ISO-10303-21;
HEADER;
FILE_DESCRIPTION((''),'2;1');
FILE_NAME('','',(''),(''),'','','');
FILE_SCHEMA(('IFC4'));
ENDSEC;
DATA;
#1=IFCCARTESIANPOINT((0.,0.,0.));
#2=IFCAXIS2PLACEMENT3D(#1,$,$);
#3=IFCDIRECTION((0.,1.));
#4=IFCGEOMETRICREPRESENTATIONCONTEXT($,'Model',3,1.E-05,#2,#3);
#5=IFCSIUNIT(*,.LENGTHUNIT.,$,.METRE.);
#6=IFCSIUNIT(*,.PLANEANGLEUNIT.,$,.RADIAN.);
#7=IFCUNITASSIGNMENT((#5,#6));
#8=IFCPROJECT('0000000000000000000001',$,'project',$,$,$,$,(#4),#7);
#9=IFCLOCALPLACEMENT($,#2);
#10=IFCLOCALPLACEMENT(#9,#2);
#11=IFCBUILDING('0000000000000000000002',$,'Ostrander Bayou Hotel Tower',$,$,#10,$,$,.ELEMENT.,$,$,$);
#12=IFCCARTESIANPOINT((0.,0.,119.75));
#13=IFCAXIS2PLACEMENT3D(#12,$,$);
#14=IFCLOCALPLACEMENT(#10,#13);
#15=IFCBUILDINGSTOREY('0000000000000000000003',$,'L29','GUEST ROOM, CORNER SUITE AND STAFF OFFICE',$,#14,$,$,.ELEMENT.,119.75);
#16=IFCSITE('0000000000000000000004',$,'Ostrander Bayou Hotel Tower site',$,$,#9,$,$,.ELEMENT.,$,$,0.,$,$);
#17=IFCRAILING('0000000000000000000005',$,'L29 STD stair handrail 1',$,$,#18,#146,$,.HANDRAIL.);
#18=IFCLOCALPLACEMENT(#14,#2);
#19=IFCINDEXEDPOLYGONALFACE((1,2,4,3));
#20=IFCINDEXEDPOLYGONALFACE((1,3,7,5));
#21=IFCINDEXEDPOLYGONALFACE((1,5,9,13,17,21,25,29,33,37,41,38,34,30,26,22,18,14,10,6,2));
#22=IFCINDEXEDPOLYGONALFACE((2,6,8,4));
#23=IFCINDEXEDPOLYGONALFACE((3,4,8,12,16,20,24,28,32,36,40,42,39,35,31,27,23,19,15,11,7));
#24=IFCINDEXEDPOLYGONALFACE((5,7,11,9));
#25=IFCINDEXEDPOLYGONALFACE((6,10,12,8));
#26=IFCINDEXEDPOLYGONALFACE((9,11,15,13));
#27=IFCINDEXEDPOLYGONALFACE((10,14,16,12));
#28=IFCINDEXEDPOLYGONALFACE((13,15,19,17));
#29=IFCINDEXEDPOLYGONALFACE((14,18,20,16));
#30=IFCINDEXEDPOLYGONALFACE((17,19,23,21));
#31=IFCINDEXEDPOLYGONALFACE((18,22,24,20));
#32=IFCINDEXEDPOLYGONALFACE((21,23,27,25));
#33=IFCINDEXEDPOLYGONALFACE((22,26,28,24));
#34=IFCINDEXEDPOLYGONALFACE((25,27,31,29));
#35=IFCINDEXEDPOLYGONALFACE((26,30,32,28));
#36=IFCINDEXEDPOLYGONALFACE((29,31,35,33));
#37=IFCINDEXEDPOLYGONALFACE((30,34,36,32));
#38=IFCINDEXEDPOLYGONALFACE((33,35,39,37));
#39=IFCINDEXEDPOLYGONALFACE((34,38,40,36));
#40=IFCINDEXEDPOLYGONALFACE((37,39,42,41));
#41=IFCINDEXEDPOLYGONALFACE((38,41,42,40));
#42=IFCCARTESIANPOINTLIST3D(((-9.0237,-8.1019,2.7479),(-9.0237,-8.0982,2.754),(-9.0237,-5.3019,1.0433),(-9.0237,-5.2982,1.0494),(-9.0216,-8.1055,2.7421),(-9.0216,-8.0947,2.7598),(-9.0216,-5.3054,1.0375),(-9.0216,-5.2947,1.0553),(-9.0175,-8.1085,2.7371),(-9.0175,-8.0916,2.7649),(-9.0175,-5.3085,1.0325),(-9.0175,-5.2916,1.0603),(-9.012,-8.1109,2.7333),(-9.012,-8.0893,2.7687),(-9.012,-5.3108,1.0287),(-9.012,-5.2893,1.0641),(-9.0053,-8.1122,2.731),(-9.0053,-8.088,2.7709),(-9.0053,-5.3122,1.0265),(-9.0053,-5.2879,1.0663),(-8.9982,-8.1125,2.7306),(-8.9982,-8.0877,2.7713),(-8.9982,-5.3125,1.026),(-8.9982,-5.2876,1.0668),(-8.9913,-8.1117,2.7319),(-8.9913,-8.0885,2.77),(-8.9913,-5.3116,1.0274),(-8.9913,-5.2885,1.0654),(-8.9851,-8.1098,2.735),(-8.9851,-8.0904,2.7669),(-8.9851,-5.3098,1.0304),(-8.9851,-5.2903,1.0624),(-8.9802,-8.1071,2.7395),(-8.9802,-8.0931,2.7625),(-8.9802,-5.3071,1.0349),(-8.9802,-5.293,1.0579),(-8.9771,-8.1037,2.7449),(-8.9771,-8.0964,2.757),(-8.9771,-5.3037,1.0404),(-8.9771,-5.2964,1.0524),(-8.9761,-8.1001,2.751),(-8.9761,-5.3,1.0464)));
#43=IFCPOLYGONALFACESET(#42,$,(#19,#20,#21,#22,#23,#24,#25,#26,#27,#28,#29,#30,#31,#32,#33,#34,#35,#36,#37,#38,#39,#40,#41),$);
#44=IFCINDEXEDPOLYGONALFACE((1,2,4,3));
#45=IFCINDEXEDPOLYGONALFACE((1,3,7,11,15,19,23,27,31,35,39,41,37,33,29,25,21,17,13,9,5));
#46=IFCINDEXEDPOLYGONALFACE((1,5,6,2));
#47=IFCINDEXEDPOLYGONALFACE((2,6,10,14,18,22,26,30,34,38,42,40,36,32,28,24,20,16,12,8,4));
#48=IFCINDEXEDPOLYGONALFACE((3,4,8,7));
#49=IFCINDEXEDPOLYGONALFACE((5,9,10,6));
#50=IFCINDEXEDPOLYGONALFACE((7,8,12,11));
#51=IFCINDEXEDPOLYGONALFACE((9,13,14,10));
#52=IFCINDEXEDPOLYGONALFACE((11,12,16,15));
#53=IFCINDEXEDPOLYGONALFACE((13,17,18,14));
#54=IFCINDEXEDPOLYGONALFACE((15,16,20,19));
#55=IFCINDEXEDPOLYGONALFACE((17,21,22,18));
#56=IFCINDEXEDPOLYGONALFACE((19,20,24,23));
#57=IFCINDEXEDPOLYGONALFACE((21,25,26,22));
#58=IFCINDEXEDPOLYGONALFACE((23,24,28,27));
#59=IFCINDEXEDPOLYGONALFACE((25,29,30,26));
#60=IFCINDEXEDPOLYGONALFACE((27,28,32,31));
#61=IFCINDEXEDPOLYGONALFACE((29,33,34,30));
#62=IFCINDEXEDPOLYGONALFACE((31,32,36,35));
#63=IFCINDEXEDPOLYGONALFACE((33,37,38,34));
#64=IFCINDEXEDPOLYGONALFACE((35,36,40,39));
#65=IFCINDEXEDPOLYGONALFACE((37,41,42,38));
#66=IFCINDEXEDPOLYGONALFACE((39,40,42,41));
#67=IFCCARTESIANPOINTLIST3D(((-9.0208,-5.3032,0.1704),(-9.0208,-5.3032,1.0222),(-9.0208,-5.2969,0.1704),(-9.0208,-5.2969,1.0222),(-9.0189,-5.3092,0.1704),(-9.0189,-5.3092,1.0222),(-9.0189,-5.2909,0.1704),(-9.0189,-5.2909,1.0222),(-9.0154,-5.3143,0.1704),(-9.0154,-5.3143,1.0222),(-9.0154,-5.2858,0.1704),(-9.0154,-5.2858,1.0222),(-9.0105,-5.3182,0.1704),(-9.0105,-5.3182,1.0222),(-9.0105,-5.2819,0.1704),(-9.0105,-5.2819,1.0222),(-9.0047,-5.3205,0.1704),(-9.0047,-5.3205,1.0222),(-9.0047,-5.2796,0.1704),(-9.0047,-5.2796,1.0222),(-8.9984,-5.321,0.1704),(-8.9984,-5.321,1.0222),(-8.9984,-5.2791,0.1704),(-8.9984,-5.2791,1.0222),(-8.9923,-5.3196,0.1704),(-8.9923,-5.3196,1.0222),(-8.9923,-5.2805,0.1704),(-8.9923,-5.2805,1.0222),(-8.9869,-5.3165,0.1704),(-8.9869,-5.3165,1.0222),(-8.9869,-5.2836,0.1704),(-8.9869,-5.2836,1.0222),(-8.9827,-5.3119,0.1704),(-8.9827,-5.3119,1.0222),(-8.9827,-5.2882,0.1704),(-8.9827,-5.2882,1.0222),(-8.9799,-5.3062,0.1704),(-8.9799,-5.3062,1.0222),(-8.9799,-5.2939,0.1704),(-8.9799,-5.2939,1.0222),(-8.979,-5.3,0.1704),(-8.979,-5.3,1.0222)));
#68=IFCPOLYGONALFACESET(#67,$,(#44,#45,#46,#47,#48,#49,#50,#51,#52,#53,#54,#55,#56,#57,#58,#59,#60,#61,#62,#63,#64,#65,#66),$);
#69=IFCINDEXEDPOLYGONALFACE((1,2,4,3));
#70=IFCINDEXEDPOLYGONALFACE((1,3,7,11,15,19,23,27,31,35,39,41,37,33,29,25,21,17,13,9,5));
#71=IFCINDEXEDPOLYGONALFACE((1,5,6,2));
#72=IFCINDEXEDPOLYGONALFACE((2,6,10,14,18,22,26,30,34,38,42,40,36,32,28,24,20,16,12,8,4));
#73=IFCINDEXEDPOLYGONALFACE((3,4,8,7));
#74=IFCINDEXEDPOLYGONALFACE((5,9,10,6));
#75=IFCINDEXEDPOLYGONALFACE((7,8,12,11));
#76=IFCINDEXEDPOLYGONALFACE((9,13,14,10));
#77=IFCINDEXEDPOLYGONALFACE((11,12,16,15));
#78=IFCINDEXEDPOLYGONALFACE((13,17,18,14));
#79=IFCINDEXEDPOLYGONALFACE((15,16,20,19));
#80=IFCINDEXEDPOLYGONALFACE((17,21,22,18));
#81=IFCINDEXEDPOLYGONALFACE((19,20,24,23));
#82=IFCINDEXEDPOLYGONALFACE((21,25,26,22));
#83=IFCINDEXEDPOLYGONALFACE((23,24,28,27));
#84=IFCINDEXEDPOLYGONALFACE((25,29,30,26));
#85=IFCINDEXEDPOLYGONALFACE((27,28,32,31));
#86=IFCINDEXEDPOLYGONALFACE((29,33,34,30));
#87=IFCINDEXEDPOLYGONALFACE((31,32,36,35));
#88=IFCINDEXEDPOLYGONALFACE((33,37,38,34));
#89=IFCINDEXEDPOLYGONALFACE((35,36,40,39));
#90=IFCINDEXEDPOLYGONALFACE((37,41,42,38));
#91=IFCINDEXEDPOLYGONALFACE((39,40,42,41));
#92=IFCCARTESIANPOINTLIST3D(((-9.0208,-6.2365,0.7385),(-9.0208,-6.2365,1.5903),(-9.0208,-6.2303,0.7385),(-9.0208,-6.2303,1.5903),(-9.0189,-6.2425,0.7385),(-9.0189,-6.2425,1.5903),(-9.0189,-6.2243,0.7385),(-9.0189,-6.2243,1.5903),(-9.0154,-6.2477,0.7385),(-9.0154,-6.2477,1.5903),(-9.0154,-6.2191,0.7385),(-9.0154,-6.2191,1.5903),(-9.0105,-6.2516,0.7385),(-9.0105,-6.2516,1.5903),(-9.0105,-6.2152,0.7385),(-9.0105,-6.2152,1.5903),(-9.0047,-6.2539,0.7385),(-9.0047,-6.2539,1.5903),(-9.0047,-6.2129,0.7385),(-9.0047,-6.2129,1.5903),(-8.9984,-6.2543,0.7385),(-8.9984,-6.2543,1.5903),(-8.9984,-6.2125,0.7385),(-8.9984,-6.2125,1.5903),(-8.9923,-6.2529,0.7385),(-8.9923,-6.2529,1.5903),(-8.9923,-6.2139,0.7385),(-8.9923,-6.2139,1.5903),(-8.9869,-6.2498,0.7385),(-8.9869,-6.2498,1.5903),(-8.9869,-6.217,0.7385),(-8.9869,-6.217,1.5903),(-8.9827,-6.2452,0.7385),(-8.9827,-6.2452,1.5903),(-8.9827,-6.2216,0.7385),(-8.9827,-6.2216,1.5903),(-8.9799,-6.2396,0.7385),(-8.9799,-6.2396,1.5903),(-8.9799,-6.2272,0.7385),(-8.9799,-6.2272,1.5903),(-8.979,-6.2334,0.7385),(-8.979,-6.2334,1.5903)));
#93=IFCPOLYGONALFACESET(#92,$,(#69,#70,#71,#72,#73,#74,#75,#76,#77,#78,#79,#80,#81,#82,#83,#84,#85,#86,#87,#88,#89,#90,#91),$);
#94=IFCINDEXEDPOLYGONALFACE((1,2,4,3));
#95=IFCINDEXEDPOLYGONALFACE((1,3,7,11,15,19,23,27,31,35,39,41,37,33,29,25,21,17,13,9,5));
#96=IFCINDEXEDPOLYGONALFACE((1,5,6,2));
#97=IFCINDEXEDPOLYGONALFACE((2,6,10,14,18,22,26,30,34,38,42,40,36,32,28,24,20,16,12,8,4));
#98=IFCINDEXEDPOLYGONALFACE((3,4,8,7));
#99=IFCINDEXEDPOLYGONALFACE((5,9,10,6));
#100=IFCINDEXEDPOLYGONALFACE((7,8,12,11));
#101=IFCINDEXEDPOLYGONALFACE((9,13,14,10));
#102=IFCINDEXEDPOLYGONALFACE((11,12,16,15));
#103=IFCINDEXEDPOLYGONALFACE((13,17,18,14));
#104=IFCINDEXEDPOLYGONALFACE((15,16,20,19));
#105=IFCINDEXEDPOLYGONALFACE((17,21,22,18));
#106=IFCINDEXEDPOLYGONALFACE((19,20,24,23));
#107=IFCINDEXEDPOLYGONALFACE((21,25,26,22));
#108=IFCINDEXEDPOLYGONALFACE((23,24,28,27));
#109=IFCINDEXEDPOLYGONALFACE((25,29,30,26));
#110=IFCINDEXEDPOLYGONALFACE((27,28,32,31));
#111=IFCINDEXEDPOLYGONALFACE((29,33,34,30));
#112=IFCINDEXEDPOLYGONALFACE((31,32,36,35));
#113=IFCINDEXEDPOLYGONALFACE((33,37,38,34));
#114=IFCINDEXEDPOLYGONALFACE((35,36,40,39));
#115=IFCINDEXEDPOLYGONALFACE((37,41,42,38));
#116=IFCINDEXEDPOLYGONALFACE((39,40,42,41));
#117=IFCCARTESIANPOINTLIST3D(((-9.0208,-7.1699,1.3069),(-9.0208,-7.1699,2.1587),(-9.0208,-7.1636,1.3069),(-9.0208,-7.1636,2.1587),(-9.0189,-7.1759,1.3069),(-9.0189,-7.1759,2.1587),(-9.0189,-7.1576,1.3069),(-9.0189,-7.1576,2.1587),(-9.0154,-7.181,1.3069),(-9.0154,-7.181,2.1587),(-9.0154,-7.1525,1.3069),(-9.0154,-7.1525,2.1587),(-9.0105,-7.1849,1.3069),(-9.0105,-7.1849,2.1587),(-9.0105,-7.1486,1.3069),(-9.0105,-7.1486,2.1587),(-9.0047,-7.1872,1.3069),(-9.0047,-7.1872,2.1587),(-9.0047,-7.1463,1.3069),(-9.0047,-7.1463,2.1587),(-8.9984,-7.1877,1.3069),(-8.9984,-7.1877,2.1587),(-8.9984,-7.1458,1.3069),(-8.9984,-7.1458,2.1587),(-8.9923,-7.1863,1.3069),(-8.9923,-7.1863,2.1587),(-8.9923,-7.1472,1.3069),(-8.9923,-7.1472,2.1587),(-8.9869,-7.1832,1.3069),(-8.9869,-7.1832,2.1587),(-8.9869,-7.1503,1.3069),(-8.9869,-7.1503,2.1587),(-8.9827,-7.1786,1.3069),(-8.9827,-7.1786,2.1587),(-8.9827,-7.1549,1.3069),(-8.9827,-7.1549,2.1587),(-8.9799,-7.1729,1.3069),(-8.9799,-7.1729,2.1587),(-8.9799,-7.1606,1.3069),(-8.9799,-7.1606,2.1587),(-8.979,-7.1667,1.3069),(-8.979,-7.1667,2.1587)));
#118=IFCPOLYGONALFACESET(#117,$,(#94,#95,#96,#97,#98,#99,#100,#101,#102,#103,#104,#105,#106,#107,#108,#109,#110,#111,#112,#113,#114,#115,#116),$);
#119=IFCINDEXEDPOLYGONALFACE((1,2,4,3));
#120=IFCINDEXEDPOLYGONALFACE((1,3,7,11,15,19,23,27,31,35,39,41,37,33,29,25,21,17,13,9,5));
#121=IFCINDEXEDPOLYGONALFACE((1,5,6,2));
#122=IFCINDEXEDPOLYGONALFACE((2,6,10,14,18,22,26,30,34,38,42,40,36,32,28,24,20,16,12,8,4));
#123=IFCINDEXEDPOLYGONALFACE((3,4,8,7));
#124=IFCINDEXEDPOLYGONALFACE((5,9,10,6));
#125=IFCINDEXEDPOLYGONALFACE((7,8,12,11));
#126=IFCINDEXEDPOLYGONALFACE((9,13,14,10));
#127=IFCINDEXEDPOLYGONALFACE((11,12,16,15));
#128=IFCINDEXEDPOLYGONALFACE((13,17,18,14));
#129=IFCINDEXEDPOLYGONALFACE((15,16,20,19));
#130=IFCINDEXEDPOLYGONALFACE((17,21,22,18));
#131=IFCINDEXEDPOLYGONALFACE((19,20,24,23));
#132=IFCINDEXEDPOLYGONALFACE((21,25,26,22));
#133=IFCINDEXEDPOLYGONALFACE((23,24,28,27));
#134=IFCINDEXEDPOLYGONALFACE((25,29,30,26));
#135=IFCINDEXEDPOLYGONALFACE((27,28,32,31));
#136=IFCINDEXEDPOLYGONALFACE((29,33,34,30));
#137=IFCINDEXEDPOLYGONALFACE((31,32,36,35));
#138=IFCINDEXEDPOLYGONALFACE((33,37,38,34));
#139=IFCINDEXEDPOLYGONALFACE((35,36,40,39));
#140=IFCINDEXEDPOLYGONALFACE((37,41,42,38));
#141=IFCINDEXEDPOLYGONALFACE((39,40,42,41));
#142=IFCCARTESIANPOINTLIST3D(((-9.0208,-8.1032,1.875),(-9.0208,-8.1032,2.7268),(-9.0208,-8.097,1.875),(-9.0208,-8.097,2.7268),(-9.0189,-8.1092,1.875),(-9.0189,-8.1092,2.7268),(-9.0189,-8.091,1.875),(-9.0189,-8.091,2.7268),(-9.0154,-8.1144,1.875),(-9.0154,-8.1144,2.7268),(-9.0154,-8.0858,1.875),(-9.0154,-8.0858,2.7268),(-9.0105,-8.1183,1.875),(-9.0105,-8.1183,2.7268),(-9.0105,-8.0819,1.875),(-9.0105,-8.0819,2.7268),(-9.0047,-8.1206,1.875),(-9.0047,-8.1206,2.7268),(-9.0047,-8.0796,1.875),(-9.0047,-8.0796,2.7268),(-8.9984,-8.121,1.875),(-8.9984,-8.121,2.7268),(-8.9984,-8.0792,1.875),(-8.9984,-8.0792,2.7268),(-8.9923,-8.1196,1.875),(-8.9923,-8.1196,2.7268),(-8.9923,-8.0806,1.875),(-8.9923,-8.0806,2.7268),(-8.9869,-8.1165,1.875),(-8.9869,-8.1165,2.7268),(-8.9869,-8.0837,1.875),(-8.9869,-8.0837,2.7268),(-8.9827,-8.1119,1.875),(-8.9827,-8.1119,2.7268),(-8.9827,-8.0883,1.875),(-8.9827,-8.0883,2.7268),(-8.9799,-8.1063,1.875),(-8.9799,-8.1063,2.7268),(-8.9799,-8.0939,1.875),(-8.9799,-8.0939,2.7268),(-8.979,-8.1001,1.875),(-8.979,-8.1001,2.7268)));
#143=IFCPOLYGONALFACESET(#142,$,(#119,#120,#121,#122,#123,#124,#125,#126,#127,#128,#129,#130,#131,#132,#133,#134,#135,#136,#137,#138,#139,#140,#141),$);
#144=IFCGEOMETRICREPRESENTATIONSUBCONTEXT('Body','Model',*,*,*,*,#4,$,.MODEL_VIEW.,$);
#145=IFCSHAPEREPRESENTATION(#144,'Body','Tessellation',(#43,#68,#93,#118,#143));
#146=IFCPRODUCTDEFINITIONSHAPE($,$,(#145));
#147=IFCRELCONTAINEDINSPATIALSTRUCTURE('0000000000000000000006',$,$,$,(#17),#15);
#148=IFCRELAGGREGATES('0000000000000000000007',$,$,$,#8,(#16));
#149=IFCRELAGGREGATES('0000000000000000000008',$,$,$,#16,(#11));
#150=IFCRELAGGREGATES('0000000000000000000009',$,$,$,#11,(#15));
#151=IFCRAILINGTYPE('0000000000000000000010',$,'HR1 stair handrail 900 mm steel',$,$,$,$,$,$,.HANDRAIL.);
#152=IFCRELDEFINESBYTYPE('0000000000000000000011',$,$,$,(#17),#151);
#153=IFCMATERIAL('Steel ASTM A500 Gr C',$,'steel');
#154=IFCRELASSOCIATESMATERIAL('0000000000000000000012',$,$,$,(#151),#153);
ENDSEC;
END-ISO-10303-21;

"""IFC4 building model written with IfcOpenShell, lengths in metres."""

from ifc_helpers import new_model, si_unit, direction, frame, origin, origin_2d, place, context, subcontext, project, spatial, circle, extrude, material, type_object, element, save


model = new_model("IFC4")

# Units and contexts
model_context = context("Model", 3, precision=1e-05, world=origin(), true_north=direction((0.0, 1.0)))
body_context = subcontext(model_context, "Body", "Model", "MODEL_VIEW")
ifc_project = project(units=[si_unit("LENGTHUNIT", "METRE"), si_unit("PLANEANGLEUNIT", "RADIAN")], contexts=[model_context])

# Site, building, storey
site_placement = place(None, origin())
site = spatial("IfcSite", under=ifc_project, at=site_placement, Name="Ostrander Bayou Hotel Tower site", CompositionType="ELEMENT", RefElevation=0.0)
building_placement = place(site_placement, origin())
building = spatial("IfcBuilding", under=site, at=building_placement, Name="Ostrander Bayou Hotel Tower", CompositionType="ELEMENT")
storey_placement = place(building_placement, frame((0.0, 0.0, 119.75)))
storey = spatial("IfcBuildingStorey", under=building, at=storey_placement, Name="L29", Description="GUEST ROOM, CORNER SUITE AND STAFF OFFICE", CompositionType="ELEMENT", Elevation=119.75)

# Railing
ifc_material_1 = material(Name="Steel ASTM A500 Gr C", Category="steel")
railing_type_1 = type_object("IfcRailingType", Name="HR1 stair handrail 900 mm steel", PredefinedType="HANDRAIL", material=ifc_material_1)
railing_1_placement = place(storey_placement, frame((-9.0, -5.3, 0.1704)))
element("IfcRailing", 1, at=railing_1_placement, inside=storey, type_object=railing_type_1, Name="L29 STD stair handrail 1", PredefinedType="HANDRAIL", context=body_context, shape_type="SweptSolid", body=[
    extrude(circle(Radius=0.0239, at=origin_2d()), frame((0.0, 0.0, 0.876), z_axis=(0.0, -0.85417, 0.519994), x_axis=(1.0, 0.0, 0.0)), (0.0, 0.0, 1.0), 3.2781),
    extrude(circle(Radius=0.021, at=origin_2d()), origin(), (0.0, 0.0, 1.0), 0.8518),
    extrude(circle(Radius=0.021, at=origin_2d()), frame((0.0, -0.9333, 0.5681)), (0.0, 0.0, 1.0), 0.8518),
    extrude(circle(Radius=0.021, at=origin_2d()), frame((0.0, -1.8667, 1.1365)), (0.0, 0.0, 1.0), 0.8518),
    extrude(circle(Radius=0.021, at=origin_2d()), frame((0.0, -2.8, 1.7046)), (0.0, 0.0, 1.0), 0.8518),
])

save(model, "model.ifc")
